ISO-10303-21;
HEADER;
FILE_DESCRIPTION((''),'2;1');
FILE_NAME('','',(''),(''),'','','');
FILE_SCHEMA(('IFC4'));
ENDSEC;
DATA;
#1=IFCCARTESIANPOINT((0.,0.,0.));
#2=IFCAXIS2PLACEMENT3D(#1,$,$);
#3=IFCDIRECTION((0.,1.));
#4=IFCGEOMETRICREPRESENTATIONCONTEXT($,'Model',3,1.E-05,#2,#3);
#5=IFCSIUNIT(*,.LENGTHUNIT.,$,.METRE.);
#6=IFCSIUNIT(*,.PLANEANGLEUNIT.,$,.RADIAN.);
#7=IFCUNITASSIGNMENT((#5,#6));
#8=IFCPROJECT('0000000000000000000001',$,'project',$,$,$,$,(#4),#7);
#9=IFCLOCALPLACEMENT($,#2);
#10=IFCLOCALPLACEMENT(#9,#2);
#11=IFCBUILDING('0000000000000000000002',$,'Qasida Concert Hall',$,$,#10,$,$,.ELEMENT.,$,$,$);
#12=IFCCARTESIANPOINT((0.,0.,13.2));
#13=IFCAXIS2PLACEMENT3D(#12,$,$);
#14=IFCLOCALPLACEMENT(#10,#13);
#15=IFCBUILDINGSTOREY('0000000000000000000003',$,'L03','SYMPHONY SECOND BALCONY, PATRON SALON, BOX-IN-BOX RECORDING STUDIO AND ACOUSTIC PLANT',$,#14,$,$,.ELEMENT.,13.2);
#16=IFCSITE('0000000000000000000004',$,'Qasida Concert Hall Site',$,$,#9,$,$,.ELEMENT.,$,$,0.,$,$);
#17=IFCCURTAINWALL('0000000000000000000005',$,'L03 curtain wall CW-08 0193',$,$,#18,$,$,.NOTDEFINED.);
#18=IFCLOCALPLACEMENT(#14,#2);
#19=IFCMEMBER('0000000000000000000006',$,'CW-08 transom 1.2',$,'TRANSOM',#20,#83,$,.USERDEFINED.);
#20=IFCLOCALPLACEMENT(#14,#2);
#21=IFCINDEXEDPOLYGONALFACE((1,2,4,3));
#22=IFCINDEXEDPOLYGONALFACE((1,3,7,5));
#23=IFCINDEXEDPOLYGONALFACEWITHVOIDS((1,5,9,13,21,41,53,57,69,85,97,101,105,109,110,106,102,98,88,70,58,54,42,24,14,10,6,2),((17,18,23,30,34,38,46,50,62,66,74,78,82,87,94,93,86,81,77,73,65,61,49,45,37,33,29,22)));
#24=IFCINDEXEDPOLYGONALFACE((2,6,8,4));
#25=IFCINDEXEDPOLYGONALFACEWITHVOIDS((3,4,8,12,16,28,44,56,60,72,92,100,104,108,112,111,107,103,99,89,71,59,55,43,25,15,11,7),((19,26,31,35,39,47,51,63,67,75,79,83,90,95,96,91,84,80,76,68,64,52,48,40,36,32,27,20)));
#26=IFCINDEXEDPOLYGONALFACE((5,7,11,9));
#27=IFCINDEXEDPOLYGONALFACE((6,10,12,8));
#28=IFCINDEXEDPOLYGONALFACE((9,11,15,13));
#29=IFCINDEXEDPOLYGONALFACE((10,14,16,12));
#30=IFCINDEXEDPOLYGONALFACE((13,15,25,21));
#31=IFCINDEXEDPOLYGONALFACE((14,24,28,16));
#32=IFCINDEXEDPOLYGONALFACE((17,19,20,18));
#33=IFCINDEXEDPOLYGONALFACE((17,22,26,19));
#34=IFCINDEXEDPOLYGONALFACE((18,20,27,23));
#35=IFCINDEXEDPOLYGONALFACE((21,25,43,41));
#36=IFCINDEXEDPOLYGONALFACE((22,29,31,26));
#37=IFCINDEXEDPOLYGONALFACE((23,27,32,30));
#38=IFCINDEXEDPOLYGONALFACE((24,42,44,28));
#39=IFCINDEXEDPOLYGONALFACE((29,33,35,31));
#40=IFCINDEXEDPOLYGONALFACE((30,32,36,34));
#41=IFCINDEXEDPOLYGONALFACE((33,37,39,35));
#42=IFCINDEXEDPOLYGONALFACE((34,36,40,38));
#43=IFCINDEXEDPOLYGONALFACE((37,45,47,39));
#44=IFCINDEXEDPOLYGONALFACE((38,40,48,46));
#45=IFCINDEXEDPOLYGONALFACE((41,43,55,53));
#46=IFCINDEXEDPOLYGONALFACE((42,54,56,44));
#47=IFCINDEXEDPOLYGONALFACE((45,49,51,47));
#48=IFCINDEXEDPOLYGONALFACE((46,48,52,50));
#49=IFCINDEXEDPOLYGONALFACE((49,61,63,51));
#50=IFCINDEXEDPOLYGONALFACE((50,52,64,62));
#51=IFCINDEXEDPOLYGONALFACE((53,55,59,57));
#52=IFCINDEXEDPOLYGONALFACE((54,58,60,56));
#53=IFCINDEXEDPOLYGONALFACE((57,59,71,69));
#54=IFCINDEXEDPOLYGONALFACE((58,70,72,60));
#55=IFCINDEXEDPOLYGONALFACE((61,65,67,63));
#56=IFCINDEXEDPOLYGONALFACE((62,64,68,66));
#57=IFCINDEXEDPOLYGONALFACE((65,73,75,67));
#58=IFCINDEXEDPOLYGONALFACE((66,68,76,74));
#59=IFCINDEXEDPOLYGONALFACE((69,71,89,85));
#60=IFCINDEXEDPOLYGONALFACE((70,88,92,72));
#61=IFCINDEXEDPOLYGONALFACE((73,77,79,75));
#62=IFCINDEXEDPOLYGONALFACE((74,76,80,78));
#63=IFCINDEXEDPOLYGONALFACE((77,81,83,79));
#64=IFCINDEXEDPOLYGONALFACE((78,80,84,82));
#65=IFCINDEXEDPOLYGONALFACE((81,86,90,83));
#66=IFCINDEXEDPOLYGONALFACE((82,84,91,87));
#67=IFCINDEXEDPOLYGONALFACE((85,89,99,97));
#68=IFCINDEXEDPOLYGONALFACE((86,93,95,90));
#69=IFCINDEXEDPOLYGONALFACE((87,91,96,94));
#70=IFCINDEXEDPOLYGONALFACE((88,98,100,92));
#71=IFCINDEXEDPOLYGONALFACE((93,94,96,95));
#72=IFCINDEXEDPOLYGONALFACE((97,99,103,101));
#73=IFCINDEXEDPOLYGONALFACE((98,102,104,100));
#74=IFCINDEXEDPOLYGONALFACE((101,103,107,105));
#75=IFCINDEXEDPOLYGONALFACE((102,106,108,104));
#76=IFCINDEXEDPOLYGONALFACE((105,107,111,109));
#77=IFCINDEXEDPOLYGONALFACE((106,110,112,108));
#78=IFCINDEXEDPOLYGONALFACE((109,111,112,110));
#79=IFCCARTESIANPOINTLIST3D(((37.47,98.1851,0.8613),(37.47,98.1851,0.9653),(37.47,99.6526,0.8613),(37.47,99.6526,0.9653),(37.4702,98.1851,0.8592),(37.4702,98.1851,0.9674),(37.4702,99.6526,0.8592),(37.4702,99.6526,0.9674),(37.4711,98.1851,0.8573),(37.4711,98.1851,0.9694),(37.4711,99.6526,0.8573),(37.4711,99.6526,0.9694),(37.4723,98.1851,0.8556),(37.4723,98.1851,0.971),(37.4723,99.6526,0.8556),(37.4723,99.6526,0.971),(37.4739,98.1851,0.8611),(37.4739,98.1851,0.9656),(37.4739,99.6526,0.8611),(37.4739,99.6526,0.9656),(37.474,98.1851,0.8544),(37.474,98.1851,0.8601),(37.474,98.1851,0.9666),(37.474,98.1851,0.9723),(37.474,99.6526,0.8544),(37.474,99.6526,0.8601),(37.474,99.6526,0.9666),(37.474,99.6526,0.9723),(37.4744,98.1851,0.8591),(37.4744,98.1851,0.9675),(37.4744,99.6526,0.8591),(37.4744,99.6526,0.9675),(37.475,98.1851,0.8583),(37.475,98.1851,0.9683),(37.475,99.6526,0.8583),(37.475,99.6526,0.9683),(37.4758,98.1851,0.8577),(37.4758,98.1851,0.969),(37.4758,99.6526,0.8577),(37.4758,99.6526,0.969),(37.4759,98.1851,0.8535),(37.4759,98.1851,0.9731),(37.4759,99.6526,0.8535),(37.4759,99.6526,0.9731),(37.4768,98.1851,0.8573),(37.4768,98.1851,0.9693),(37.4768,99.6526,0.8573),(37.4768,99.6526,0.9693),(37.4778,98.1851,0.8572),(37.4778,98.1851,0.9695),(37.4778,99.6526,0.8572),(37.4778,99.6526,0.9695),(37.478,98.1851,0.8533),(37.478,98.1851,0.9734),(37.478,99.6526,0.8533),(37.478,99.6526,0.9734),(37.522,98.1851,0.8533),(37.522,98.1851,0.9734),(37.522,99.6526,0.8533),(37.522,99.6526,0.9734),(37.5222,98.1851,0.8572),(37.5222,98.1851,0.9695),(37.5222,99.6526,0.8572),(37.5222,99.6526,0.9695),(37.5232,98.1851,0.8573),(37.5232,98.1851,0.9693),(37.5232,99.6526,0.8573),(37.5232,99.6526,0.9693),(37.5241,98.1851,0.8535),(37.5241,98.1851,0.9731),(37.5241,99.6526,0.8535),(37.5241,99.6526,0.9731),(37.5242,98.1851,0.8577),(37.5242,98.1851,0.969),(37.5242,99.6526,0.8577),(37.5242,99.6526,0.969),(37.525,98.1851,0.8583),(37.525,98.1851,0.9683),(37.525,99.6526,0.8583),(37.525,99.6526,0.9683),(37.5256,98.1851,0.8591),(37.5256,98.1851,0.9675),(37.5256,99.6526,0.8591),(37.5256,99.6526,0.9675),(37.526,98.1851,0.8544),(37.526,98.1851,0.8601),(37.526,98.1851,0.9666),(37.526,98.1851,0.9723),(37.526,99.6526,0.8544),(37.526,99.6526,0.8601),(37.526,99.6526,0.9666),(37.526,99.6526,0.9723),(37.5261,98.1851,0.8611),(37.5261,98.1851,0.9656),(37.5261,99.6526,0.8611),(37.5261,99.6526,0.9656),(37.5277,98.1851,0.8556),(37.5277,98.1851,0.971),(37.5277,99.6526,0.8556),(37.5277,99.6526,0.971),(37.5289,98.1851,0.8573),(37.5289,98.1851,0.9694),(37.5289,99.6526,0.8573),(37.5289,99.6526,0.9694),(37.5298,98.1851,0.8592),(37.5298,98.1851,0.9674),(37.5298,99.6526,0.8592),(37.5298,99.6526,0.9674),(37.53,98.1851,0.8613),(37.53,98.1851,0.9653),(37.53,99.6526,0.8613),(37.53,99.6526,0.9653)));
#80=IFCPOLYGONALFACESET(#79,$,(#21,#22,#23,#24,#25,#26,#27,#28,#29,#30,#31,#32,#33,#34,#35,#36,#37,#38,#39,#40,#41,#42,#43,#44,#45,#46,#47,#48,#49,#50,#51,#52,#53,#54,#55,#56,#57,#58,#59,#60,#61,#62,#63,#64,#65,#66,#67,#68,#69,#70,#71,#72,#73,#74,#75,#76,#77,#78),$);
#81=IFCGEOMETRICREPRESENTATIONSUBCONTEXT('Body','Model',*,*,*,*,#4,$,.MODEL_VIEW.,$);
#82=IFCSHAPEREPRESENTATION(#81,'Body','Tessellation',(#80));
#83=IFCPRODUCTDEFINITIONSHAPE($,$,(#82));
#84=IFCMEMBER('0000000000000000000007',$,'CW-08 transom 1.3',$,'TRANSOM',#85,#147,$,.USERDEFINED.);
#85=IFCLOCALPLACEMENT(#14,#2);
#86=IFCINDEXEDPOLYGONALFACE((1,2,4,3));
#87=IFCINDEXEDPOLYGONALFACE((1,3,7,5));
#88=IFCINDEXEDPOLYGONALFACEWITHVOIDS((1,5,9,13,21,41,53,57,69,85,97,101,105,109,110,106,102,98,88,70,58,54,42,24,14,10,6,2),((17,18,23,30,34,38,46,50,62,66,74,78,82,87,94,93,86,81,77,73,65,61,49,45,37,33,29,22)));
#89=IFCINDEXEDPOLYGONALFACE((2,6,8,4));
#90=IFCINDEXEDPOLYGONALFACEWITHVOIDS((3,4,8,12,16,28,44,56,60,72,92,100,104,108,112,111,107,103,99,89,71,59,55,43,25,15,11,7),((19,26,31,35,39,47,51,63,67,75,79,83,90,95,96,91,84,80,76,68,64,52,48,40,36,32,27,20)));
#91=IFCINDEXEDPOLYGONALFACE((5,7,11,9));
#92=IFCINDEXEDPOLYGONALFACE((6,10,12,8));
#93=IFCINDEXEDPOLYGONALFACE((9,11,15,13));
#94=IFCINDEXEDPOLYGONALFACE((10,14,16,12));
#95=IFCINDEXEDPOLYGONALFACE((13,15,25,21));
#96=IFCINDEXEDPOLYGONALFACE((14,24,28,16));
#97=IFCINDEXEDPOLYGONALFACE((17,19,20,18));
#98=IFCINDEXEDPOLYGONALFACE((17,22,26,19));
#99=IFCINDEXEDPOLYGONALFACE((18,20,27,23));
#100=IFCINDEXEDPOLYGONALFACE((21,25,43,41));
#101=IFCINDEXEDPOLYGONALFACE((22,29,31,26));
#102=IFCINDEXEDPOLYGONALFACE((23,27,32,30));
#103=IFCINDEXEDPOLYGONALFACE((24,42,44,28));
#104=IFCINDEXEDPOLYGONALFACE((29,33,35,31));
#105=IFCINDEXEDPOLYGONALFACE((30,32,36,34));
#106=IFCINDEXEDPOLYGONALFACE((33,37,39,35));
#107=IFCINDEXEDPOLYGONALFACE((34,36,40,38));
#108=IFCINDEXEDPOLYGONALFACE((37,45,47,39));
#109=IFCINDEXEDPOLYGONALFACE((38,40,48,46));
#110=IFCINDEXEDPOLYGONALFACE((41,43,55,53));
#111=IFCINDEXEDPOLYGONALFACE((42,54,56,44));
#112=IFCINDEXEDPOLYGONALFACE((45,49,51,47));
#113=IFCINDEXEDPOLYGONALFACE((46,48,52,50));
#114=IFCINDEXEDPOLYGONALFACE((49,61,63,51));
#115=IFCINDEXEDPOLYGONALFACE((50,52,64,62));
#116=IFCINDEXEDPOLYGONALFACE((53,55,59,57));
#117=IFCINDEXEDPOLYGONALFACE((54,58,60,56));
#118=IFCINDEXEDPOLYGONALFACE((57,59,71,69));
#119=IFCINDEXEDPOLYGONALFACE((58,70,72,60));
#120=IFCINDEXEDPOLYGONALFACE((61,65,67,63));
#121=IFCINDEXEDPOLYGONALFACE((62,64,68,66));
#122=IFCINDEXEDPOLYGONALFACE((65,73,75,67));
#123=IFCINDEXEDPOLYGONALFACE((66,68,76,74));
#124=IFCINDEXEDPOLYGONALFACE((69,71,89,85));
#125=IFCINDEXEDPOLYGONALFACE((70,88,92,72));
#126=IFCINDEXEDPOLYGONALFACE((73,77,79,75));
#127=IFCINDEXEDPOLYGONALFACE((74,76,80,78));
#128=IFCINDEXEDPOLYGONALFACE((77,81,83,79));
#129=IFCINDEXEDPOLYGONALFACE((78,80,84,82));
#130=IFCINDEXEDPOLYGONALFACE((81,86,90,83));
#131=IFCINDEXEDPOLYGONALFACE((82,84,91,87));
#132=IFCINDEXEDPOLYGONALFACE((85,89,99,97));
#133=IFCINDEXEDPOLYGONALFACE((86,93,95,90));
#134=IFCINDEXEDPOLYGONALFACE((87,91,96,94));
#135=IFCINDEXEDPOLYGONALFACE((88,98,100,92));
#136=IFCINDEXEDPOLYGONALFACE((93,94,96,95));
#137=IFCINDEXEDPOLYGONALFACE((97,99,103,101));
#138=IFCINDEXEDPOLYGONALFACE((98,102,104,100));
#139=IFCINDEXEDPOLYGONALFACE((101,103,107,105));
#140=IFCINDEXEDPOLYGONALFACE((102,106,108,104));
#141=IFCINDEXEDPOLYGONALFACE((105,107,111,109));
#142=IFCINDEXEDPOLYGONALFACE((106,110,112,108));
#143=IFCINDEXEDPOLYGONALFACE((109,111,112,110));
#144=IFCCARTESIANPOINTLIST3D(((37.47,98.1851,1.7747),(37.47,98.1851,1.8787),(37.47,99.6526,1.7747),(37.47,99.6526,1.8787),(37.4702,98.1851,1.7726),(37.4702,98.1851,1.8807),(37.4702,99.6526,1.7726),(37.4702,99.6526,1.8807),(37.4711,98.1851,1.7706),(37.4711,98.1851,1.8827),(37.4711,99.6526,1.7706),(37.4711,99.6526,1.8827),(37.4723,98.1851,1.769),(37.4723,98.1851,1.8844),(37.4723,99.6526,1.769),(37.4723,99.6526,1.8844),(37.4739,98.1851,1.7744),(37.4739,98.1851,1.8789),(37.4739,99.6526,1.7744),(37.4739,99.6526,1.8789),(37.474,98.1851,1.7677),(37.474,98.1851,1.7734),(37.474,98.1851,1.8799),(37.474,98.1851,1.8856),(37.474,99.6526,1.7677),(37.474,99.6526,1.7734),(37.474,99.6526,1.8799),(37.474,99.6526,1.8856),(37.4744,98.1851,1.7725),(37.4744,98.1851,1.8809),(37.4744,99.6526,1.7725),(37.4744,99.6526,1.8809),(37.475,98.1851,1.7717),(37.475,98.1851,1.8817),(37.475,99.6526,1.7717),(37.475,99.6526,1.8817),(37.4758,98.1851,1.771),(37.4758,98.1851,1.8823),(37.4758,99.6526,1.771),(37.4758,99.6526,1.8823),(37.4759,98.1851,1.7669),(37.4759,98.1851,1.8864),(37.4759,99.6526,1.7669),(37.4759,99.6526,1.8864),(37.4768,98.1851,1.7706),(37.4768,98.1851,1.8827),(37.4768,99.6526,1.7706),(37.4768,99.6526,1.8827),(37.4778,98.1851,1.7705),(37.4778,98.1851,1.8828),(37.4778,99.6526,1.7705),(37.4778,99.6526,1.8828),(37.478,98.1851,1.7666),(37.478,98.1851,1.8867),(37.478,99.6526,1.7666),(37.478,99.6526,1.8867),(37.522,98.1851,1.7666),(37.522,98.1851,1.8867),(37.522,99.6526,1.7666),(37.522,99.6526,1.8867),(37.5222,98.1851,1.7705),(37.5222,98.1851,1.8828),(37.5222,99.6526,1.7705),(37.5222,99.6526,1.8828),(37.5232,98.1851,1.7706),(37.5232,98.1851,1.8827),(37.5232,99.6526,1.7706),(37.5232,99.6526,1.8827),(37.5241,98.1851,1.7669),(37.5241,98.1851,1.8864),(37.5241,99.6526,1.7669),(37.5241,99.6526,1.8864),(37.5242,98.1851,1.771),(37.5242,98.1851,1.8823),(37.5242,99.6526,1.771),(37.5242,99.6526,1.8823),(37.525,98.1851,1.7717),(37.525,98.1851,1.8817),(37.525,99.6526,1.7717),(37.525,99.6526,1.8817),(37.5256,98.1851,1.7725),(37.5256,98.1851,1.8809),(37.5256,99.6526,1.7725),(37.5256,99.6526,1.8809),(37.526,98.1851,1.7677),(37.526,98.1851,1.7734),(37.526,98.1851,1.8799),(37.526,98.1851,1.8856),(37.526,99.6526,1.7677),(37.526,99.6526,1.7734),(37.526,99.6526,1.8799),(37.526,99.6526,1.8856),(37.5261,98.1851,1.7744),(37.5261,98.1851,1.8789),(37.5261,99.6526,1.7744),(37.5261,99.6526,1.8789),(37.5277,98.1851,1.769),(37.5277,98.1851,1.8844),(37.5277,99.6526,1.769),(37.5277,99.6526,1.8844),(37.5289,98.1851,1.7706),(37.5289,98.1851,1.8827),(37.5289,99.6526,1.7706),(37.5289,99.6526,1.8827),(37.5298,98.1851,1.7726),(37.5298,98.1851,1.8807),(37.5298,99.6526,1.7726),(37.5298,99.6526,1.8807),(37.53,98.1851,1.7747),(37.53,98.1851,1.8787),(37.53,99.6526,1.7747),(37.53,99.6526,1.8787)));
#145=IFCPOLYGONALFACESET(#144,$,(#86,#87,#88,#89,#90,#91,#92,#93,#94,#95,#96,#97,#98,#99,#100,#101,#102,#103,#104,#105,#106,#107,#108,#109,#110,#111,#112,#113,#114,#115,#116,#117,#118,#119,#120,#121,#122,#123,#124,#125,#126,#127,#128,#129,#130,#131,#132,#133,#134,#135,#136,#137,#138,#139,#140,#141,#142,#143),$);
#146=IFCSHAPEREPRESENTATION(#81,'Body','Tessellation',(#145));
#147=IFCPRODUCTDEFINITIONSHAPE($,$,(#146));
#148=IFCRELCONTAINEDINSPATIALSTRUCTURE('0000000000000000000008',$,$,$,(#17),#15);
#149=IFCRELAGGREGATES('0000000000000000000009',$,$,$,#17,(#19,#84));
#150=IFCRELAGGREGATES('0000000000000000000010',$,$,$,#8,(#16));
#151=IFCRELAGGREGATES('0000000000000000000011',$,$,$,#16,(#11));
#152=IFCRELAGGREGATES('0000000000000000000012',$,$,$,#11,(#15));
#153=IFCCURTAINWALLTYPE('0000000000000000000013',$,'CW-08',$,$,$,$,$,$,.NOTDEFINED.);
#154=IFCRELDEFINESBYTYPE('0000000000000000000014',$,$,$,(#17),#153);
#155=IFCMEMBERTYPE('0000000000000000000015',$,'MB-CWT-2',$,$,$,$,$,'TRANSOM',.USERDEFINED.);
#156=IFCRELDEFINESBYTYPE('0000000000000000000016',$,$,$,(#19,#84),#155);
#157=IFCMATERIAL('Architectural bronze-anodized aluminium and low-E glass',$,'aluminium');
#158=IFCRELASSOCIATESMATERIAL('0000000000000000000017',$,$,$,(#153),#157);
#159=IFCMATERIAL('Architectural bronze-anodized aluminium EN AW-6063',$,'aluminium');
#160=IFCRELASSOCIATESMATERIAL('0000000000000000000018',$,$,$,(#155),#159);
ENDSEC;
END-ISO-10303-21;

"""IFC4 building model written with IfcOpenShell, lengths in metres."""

from ifc_helpers import new_model, si_unit, direction, frame, origin, origin_2d, place, context, subcontext, project, spatial, hollow_rectangle, extrude, material, material_profile, profile_set, type_object, element, aggregate, save


model = new_model("IFC4")

# Units and contexts
model_context = context("Model", 3, precision=1e-05, world=origin(), true_north=direction((0.0, 1.0)))
body_context = subcontext(model_context, "Body", "Model", "MODEL_VIEW")
ifc_project = project(units=[si_unit("LENGTHUNIT", "METRE"), si_unit("PLANEANGLEUNIT", "RADIAN")], contexts=[model_context])

# Site, building, storey
site_placement = place(None, origin())
site = spatial("IfcSite", under=ifc_project, at=site_placement, Name="Qasida Concert Hall Site", CompositionType="ELEMENT", RefElevation=0.0)
building_placement = place(site_placement, origin())
building = spatial("IfcBuilding", under=site, at=building_placement, Name="Qasida Concert Hall", CompositionType="ELEMENT")
storey_placement = place(building_placement, frame((0.0, 0.0, 13.2)))
storey = spatial("IfcBuildingStorey", under=building, at=storey_placement, Name="L03", Description="SYMPHONY SECOND BALCONY, PATRON SALON, BOX-IN-BOX RECORDING STUDIO AND ACOUSTIC PLANT", CompositionType="ELEMENT", Elevation=13.2)

# Curtain wall, members
ifc_material_1 = material(Name="Architectural bronze-anodized aluminium and low-E glass", Category="aluminium")
curtain_wall_type = type_object("IfcCurtainWallType", Name="CW-08", PredefinedType="NOTDEFINED", material=ifc_material_1)
curtain_wall_placement = place(storey_placement, origin())
curtain_wall = element("IfcCurtainWall", 1, at=curtain_wall_placement, inside=storey, type_object=curtain_wall_type, Name="L03 curtain wall CW-08 0193", PredefinedType="NOTDEFINED")
ifc_material_2 = material(Name="Architectural bronze-anodized aluminium EN AW-6063", Category="aluminium")
ifc_material_profile_1 = material_profile(ifc_material_2, hollow_rectangle(XDim=0.0601, YDim=0.1201, WallThickness=0.0039, InnerFilletRadius=0.0039, OuterFilletRadius=0.0081, at=origin_2d()), Name="CWT 120x60x4")
ifc_profile_set_1 = profile_set([ifc_material_profile_1], Name="Architectural bronze-anodized aluminium EN AW-6063")
member_type_1 = type_object("IfcMemberType", Name="MB-CWT-2", ElementType="TRANSOM", PredefinedType="USERDEFINED", material=ifc_profile_set_1)
member_1_placement = place(storey_placement, frame((37.5, 98.1851, 0.9133), z_axis=(0.0, 1.0, 0.0), x_axis=(-1.0, 0.0, 0.0)))
member_1 = element("IfcMember", 2, at=member_1_placement, type_object=member_type_1, Name="CW-08 transom 1.2", ObjectType="TRANSOM", PredefinedType="USERDEFINED", context=body_context, shape_type="SweptSolid", body=[
    extrude(hollow_rectangle(XDim=0.0601, YDim=0.1201, WallThickness=0.0039, InnerFilletRadius=0.0039, OuterFilletRadius=0.0081, at=origin_2d()), origin(), (0.0, 0.0, 1.0), 1.4675),
])
member_2_placement = place(storey_placement, frame((37.5, 98.1851, 1.8267), z_axis=(0.0, 1.0, 0.0), x_axis=(-1.0, 0.0, 0.0)))
member_2 = element("IfcMember", 3, at=member_2_placement, type_object=member_type_1, Name="CW-08 transom 1.3", ObjectType="TRANSOM", PredefinedType="USERDEFINED", context=body_context, shape_type="SweptSolid", body=[
    extrude(hollow_rectangle(XDim=0.0601, YDim=0.1201, WallThickness=0.0039, InnerFilletRadius=0.0039, OuterFilletRadius=0.0081, at=origin_2d()), origin(), (0.0, 0.0, 1.0), 1.4675),
])
aggregate(curtain_wall, [member_1, member_2])

save(model, "model.ifc")
